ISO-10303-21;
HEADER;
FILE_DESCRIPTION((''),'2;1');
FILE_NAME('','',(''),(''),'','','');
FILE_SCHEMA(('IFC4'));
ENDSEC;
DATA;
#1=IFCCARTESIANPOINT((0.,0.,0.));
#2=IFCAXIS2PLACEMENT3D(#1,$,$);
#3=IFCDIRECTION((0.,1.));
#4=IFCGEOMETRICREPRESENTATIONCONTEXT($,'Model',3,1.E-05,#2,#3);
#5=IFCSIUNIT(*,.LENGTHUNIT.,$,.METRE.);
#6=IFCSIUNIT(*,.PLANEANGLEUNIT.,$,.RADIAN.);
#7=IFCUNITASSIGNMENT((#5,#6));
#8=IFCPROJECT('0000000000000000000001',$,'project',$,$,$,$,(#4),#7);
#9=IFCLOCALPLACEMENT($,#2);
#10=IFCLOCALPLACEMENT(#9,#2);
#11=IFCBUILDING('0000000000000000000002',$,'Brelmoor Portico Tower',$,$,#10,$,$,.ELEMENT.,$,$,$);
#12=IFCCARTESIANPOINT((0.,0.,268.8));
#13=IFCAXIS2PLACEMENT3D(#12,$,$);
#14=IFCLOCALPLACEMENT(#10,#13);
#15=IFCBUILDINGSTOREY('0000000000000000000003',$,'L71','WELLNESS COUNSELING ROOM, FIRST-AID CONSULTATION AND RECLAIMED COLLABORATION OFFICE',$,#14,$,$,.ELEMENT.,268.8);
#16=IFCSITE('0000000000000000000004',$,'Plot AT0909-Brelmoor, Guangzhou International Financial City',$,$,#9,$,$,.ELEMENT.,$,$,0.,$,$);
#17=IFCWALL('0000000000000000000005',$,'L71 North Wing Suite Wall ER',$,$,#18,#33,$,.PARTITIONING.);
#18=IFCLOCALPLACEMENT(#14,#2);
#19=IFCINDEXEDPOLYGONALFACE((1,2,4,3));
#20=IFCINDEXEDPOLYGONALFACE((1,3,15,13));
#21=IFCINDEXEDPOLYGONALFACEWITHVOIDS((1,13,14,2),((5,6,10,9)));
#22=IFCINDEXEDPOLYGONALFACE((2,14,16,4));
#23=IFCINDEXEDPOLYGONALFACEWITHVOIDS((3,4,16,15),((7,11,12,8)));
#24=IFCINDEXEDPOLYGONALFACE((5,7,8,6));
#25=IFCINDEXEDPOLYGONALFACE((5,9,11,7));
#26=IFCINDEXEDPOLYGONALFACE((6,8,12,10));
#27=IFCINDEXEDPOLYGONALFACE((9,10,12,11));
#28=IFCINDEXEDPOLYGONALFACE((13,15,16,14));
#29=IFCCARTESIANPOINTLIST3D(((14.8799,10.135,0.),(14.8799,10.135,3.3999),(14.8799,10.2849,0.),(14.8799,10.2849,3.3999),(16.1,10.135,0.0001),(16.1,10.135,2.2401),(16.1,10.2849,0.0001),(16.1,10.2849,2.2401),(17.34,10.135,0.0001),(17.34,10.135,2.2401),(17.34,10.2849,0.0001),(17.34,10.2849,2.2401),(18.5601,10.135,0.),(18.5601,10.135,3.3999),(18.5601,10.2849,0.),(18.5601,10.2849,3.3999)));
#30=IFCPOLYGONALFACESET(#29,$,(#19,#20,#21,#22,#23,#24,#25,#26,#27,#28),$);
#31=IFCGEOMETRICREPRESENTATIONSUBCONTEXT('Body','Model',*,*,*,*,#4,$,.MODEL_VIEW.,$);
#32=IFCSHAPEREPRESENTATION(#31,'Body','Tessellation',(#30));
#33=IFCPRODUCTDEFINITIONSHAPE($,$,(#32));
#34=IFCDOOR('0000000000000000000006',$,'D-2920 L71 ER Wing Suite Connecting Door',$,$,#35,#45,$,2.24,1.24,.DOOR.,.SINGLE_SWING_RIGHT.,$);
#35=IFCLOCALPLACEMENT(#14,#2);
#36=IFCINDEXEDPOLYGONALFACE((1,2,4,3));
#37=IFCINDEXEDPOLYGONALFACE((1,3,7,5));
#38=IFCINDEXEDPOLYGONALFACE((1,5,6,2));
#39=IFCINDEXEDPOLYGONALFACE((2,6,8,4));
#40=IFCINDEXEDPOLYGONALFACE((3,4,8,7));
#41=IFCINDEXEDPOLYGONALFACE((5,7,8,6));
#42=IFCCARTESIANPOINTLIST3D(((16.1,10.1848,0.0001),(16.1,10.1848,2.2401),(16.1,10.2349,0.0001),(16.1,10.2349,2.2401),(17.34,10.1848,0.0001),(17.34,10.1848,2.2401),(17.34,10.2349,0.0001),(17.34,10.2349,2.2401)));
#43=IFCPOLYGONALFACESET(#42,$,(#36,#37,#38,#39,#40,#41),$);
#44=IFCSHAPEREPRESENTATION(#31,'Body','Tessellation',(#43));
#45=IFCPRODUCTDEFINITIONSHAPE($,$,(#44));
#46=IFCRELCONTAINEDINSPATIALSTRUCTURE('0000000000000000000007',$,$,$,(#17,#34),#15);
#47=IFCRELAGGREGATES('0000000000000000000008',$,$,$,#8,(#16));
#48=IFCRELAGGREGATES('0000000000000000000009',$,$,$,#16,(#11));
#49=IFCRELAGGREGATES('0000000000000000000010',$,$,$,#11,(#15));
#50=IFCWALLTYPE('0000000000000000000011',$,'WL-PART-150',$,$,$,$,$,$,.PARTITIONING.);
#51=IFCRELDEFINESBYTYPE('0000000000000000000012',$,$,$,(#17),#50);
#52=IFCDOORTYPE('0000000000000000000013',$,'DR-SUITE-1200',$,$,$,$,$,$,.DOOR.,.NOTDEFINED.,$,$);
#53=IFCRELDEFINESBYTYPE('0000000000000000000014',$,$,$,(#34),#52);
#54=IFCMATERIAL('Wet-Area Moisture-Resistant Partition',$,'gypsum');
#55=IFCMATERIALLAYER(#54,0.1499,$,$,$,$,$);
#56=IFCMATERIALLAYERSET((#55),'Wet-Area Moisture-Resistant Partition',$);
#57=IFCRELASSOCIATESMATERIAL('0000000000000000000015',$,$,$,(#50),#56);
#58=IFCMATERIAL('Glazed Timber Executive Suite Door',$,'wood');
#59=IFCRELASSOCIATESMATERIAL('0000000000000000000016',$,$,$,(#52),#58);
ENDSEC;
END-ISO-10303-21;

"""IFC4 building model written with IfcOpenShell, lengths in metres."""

from ifc_helpers import new_model, si_unit, direction, frame, frame_2d, origin, place, context, subcontext, project, spatial, rectangle, extrude, material, layer, layer_set, type_object, element, fill, save


model = new_model("IFC4")

# Units and contexts
model_context = context("Model", 3, precision=1e-05, world=origin(), true_north=direction((0.0, 1.0)))
body_context = subcontext(model_context, "Body", "Model", "MODEL_VIEW")
ifc_project = project(units=[si_unit("LENGTHUNIT", "METRE"), si_unit("PLANEANGLEUNIT", "RADIAN")], contexts=[model_context])

# Site, building, storey
site_placement = place(None, origin())
site = spatial("IfcSite", under=ifc_project, at=site_placement, Name="Plot AT0909-Brelmoor, Guangzhou International Financial City", CompositionType="ELEMENT", RefElevation=0.0)
building_placement = place(site_placement, origin())
building = spatial("IfcBuilding", under=site, at=building_placement, Name="Brelmoor Portico Tower", CompositionType="ELEMENT")
storey_placement = place(building_placement, frame((0.0, 0.0, 268.8)))
storey = spatial("IfcBuildingStorey", under=building, at=storey_placement, Name="L71", Description="WELLNESS COUNSELING ROOM, FIRST-AID CONSULTATION AND RECLAIMED COLLABORATION OFFICE", CompositionType="ELEMENT", Elevation=268.8)

# Wall, opening, door
ifc_material_1 = material(Name="Wet-Area Moisture-Resistant Partition", Category="gypsum")
ifc_layer_1 = layer(ifc_material_1, 0.1499)
ifc_layer_set_1 = layer_set([ifc_layer_1], Name="Wet-Area Moisture-Resistant Partition")
wall_type_1 = type_object("IfcWallType", Name="WL-PART-150", PredefinedType="PARTITIONING", material=ifc_layer_set_1)
wall_placement = place(storey_placement, frame((14.8799, 10.21, 0.0), z_axis=(0.0, 0.0, 1.0), x_axis=(1.0, 0.0, 0.0)))
wall = element("IfcWall", 1, at=wall_placement, inside=storey, type_object=wall_type_1, Name="L71 North Wing Suite Wall ER", PredefinedType="PARTITIONING", context=body_context, shape_type="SweptSolid", body=[
    extrude(rectangle(XDim=3.6802, YDim=0.1499, at=frame_2d((1.8401, 0.0))), origin(), (0.0, 0.0, 1.0), 3.3999),
])
opening_placement = place(wall_placement, frame((1.22, 0.0, 0.0)))
opening = element("IfcOpeningElement", 2, at=opening_placement, cuts=wall, PredefinedType="OPENING", context=body_context, shape_type="SweptSolid", body=[
    extrude(rectangle(XDim=1.24, YDim=2.24, at=frame_2d((0.6201, 1.1201))), frame((0.0, 0.085, 0.0), z_axis=(0.0, -1.0, 0.0), x_axis=(1.0, 0.0, 0.0)), (0.0, 0.0, 1.0), 0.1699),
])
ifc_material_2 = material(Name="Glazed Timber Executive Suite Door", Category="wood")
door_type = type_object("IfcDoorType", Name="DR-SUITE-1200", OperationType="NOTDEFINED", PredefinedType="DOOR", material=ifc_material_2)
door_placement = place(opening_placement, origin())
door = element("IfcDoor", 3, at=door_placement, inside=storey, type_object=door_type, Name="D-2920 L71 ER Wing Suite Connecting Door", OperationType="SINGLE_SWING_RIGHT", OverallHeight=2.24, OverallWidth=1.24, PredefinedType="DOOR", context=body_context, shape_type="SweptSolid", body=[
    extrude(rectangle(XDim=1.24, YDim=2.24, at=frame_2d((0.6201, 1.1201))), frame((0.0, 0.0249, 0.0), z_axis=(0.0, -1.0, 0.0), x_axis=(1.0, 0.0, 0.0)), (0.0, 0.0, 1.0), 0.05),
])
fill(opening, door)

save(model, "model.ifc")
